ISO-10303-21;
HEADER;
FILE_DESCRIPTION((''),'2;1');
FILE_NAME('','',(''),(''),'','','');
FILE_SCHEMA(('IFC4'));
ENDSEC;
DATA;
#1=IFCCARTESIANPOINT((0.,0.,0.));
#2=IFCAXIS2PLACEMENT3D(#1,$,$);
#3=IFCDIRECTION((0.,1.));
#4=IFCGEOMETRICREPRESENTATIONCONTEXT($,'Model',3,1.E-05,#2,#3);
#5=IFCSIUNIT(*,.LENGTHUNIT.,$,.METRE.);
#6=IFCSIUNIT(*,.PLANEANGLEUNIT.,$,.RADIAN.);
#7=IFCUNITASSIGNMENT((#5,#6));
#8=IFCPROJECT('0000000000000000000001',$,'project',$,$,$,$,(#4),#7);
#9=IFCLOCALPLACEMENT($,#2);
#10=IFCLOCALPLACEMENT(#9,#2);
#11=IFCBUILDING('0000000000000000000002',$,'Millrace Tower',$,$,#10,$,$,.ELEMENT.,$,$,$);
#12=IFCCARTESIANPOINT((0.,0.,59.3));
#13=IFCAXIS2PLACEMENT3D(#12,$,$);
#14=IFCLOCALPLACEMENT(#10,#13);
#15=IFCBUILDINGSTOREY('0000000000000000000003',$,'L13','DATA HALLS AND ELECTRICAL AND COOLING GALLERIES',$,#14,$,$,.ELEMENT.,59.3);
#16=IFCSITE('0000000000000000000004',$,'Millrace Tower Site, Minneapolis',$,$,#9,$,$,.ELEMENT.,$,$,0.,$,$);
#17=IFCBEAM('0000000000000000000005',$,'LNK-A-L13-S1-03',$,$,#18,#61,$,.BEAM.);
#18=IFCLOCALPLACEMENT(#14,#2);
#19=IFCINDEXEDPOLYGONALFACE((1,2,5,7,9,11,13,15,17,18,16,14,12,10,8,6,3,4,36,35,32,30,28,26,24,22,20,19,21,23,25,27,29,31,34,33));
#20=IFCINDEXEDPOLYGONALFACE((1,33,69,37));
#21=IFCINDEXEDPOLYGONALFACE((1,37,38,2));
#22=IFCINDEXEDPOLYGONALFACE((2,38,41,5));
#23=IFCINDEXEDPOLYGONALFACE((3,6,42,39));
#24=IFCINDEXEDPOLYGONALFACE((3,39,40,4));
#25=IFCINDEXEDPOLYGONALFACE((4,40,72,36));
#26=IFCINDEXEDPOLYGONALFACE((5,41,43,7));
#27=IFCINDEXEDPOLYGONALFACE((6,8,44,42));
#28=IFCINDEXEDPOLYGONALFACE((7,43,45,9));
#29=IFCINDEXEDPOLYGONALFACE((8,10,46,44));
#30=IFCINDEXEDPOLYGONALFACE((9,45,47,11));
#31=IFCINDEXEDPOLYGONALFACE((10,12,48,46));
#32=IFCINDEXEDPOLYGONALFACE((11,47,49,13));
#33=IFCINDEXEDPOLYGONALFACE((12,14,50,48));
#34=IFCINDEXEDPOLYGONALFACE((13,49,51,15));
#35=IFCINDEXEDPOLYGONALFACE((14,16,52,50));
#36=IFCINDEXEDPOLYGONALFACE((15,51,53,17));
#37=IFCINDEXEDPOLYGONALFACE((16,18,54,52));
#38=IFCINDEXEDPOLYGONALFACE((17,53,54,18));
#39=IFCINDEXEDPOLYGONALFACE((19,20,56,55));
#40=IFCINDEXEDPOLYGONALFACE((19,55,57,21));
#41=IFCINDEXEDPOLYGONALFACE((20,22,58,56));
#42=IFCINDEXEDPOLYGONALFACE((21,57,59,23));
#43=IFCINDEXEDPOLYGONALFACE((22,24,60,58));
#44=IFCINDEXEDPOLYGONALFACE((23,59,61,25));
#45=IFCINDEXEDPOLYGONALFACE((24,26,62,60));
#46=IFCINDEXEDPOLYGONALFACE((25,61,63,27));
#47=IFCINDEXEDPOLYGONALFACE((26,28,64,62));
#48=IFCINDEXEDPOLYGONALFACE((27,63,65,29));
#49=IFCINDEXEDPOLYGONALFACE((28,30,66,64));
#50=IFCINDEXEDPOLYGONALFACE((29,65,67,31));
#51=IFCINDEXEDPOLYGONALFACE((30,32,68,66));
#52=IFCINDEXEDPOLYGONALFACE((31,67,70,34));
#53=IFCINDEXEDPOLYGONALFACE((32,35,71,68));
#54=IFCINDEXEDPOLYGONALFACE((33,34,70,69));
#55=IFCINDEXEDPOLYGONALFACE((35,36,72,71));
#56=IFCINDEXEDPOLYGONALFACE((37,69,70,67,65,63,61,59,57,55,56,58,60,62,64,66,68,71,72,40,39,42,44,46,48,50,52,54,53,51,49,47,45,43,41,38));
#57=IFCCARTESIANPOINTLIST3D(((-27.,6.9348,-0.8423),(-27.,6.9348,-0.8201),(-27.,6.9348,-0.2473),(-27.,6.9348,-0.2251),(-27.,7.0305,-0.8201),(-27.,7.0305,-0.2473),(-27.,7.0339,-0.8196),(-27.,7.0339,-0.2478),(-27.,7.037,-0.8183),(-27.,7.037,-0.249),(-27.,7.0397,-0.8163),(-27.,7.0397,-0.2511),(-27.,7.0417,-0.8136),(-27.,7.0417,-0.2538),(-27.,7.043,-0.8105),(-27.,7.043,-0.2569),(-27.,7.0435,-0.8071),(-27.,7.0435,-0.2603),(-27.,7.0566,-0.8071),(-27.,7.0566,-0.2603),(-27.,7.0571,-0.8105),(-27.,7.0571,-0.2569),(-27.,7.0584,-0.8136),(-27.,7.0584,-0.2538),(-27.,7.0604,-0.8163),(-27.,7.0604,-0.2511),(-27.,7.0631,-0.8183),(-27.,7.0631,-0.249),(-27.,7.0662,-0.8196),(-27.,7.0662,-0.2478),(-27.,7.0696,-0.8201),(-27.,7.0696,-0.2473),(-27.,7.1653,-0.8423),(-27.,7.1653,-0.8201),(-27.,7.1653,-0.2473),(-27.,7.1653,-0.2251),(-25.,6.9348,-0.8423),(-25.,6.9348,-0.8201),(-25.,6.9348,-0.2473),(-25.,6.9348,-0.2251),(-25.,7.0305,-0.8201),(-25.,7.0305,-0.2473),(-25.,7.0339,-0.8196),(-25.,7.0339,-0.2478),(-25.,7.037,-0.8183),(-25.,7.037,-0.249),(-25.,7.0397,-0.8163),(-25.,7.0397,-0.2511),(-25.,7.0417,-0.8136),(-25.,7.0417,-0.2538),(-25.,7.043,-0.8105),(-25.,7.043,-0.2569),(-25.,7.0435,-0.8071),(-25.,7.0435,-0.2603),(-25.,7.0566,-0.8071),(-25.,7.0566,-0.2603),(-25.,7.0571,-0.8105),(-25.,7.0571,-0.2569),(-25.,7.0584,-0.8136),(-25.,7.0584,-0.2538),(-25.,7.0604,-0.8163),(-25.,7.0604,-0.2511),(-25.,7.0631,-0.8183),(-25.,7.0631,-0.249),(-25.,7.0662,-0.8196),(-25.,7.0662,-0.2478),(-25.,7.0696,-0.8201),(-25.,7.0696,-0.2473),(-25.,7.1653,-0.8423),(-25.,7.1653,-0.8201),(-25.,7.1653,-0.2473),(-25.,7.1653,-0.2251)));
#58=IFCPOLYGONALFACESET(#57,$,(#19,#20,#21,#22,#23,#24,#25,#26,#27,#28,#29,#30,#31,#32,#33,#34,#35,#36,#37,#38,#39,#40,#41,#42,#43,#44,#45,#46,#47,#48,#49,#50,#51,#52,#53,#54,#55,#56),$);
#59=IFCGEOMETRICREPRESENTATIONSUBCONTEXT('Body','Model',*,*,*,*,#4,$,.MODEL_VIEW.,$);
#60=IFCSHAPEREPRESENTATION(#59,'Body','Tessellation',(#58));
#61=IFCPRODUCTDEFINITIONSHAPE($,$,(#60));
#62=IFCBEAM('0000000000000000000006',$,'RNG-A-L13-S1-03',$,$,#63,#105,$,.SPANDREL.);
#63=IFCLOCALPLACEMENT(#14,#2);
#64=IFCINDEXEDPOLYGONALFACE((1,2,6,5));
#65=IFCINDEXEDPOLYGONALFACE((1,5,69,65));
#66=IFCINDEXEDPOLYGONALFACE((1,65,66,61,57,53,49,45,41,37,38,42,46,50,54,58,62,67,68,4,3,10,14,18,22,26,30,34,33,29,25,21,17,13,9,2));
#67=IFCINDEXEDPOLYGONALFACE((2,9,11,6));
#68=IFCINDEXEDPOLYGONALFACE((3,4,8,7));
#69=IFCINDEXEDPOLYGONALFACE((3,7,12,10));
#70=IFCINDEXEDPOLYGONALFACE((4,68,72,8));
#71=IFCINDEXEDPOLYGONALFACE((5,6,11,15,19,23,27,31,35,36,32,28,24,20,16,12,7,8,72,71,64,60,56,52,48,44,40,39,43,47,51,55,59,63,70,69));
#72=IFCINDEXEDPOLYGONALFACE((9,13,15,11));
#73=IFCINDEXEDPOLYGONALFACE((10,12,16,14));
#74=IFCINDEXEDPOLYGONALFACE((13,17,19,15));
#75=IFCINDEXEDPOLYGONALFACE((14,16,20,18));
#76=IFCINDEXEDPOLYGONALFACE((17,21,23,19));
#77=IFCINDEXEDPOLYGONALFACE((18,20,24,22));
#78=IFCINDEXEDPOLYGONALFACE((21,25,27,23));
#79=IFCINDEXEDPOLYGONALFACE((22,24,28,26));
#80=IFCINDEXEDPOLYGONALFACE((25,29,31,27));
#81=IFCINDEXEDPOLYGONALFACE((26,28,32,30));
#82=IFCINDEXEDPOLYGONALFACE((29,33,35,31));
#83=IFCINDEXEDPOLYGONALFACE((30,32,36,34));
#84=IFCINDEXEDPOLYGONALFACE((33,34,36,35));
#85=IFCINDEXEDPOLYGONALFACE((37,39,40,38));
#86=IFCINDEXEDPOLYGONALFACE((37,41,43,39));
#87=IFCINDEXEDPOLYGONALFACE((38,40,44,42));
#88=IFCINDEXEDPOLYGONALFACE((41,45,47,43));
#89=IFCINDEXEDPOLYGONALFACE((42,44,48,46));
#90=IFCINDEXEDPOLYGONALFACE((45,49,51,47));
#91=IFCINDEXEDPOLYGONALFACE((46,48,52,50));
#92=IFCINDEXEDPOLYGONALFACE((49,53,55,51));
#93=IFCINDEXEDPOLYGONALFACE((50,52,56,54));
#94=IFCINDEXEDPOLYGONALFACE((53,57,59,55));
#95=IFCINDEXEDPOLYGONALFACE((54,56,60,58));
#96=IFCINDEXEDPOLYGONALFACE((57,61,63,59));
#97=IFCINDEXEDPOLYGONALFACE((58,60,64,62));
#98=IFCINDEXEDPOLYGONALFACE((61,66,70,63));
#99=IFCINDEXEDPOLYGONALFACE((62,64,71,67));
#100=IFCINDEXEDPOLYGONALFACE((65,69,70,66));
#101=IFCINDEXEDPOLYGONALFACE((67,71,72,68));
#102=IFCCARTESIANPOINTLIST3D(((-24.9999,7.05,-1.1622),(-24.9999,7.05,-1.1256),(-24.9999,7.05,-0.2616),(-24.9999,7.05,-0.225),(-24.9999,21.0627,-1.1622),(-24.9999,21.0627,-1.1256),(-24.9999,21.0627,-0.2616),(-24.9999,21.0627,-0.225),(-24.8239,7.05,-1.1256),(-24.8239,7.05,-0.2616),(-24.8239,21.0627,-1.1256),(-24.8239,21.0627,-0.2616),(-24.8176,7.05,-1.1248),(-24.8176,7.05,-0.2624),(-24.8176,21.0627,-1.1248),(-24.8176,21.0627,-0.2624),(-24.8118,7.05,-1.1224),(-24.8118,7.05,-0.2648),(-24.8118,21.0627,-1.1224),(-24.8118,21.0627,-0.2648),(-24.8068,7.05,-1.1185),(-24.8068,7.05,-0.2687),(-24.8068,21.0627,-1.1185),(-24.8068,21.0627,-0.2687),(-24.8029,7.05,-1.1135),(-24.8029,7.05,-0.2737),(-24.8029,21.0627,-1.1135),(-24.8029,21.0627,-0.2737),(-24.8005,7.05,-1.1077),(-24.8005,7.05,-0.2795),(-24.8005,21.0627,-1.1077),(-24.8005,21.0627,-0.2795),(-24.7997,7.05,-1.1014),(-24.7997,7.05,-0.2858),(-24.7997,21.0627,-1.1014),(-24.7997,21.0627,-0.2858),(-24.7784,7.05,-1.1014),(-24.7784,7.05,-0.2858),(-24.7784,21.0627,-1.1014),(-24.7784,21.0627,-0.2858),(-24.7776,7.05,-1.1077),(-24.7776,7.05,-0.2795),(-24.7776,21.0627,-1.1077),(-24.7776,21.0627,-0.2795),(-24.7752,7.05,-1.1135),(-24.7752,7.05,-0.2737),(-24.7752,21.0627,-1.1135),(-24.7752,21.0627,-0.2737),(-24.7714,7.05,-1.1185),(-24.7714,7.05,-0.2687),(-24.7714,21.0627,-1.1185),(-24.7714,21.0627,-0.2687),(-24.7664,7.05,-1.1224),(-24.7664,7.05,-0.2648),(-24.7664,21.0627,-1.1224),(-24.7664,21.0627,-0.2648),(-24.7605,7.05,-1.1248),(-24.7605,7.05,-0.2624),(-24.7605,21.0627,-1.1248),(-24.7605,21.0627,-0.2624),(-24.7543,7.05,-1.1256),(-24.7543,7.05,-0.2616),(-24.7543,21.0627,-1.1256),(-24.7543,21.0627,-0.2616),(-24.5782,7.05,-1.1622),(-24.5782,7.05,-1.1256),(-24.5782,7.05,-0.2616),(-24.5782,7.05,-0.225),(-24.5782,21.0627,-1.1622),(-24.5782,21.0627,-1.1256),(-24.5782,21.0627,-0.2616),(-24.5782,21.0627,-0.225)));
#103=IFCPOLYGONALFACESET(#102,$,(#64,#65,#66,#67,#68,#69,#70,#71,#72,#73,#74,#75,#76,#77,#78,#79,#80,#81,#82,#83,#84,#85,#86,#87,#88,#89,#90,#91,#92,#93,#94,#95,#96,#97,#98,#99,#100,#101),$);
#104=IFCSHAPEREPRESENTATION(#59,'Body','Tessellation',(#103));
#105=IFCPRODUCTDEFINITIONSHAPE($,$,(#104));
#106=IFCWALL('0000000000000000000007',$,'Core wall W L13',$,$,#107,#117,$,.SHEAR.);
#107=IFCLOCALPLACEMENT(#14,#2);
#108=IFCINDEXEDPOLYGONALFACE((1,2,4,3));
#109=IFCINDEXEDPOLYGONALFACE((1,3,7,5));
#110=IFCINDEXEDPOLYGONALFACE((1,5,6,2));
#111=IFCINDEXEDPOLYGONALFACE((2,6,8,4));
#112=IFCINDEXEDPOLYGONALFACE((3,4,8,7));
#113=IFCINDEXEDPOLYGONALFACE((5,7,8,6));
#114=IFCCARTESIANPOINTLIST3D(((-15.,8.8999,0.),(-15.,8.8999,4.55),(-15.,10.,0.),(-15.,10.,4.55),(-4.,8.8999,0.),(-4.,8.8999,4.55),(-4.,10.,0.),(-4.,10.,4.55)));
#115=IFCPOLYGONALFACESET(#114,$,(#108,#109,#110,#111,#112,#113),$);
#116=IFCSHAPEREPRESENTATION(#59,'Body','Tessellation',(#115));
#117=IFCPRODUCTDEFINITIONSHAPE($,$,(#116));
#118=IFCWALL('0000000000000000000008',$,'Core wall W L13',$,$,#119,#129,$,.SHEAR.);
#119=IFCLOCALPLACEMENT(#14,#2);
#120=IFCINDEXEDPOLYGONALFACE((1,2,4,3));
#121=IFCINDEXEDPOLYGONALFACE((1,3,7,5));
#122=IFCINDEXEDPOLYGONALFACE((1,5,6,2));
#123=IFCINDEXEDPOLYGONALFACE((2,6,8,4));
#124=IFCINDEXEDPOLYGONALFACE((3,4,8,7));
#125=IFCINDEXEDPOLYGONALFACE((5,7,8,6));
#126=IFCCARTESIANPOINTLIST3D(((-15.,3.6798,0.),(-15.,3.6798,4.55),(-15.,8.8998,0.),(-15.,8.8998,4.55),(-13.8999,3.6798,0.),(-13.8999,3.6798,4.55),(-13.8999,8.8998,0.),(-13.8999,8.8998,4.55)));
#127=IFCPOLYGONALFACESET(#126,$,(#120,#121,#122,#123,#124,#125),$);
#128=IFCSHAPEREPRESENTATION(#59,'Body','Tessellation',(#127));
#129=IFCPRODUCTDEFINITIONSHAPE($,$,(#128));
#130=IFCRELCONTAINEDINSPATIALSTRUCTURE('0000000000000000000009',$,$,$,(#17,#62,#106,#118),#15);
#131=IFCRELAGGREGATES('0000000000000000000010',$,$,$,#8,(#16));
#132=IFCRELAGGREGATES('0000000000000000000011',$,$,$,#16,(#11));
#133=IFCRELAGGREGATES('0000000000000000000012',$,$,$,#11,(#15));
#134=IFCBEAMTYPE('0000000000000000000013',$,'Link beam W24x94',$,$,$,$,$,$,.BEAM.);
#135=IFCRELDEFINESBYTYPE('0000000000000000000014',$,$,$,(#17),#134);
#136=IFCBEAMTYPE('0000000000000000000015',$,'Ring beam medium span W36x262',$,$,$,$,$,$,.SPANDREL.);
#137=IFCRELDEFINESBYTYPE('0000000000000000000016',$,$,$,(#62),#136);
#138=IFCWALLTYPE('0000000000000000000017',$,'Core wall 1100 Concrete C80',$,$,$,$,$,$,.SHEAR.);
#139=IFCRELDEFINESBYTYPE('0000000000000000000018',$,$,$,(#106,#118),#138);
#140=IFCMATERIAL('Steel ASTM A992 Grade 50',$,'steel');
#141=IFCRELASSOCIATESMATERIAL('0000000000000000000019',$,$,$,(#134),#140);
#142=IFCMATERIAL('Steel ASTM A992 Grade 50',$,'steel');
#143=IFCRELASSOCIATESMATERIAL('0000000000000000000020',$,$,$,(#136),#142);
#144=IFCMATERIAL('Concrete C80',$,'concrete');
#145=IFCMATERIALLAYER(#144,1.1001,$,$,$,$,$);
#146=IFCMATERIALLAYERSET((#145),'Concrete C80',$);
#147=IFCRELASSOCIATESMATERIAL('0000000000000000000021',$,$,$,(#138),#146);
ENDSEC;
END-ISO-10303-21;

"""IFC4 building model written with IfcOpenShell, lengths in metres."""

from ifc_helpers import new_model, si_unit, direction, frame, frame_2d, origin, origin_2d, place, context, subcontext, project, spatial, rectangle, i_section, extrude, material, layer, layer_set, material_profile, profile_set, type_object, element, save


model = new_model("IFC4")

# Units and contexts
model_context = context("Model", 3, precision=1e-05, world=origin(), true_north=direction((0.0, 1.0)))
body_context = subcontext(model_context, "Body", "Model", "MODEL_VIEW")
ifc_project = project(units=[si_unit("LENGTHUNIT", "METRE"), si_unit("PLANEANGLEUNIT", "RADIAN")], contexts=[model_context])

# Site, building, storey
site_placement = place(None, origin())
site = spatial("IfcSite", under=ifc_project, at=site_placement, Name="Millrace Tower Site, Minneapolis", CompositionType="ELEMENT", RefElevation=0.0)
building_placement = place(site_placement, origin())
building = spatial("IfcBuilding", under=site, at=building_placement, Name="Millrace Tower", CompositionType="ELEMENT")
storey_placement = place(building_placement, frame((0.0, 0.0, 59.3)))
storey = spatial("IfcBuildingStorey", under=building, at=storey_placement, Name="L13", Description="DATA HALLS AND ELECTRICAL AND COOLING GALLERIES", CompositionType="ELEMENT", Elevation=59.3)

# Beams
ifc_material_1 = material(Name="Steel ASTM A992 Grade 50", Category="steel")
ifc_material_profile_1 = material_profile(ifc_material_1, i_section(OverallWidth=0.2305, OverallDepth=0.6172, WebThickness=0.0132, FlangeThickness=0.0222, FilletRadius=0.0129, at=origin_2d()))
ifc_profile_set_1 = profile_set([ifc_material_profile_1], Name="Steel ASTM A992 Grade 50")
beam_type_1 = type_object("IfcBeamType", Name="Link beam W24x94", PredefinedType="BEAM", material=ifc_profile_set_1)
beam_1_placement = place(storey_placement, frame((-25.0, 7.05, -0.5337), z_axis=(-1.0, 0.0, 0.0), x_axis=(0.0, -1.0, 0.0)))
element("IfcBeam", 1, at=beam_1_placement, inside=storey, type_object=beam_type_1, Name="LNK-A-L13-S1-03", PredefinedType="BEAM", context=body_context, shape_type="SweptSolid", body=[
    extrude(i_section(OverallWidth=0.2305, OverallDepth=0.6172, WebThickness=0.0132, FlangeThickness=0.0222, FilletRadius=0.0129, at=origin_2d()), origin(), (0.0, 0.0, 1.0), 2.0),
])
ifc_material_2 = material(Name="Steel ASTM A992 Grade 50", Category="steel")
ifc_material_profile_2 = material_profile(ifc_material_2, i_section(OverallWidth=0.4216, OverallDepth=0.9373, WebThickness=0.0212, FlangeThickness=0.0366, FilletRadius=0.0242, at=origin_2d()))
ifc_profile_set_2 = profile_set([ifc_material_profile_2], Name="Steel ASTM A992 Grade 50")
beam_type_2 = type_object("IfcBeamType", Name="Ring beam medium span W36x262", PredefinedType="SPANDREL", material=ifc_profile_set_2)
beam_2_placement = place(storey_placement, frame((-24.7891, 7.05, -0.6936), z_axis=(0.0, 1.0, 0.0), x_axis=(-1.0, 0.0, 0.0)))
element("IfcBeam", 2, at=beam_2_placement, inside=storey, type_object=beam_type_2, Name="RNG-A-L13-S1-03", PredefinedType="SPANDREL", context=body_context, shape_type="SweptSolid", body=[
    extrude(i_section(OverallWidth=0.4216, OverallDepth=0.9373, WebThickness=0.0212, FlangeThickness=0.0366, FilletRadius=0.0242, at=origin_2d()), origin(), (0.0, 0.0, 1.0), 14.0127),
])

# Walls
ifc_material_3 = material(Name="Concrete C80", Category="concrete")
ifc_layer_1 = layer(ifc_material_3, 1.1001)
ifc_layer_set_1 = layer_set([ifc_layer_1], Name="Concrete C80")
wall_type_1 = type_object("IfcWallType", Name="Core wall 1100 Concrete C80", PredefinedType="SHEAR", material=ifc_layer_set_1)
wall_1_placement = place(storey_placement, frame((-15.0, 9.45, 0.0), z_axis=(0.0, 0.0, 1.0), x_axis=(1.0, 0.0, 0.0)))
element("IfcWall", 3, at=wall_1_placement, inside=storey, type_object=wall_type_1, Name="Core wall W L13", PredefinedType="SHEAR", context=body_context, shape_type="SweptSolid", body=[
    extrude(rectangle(XDim=11.0, YDim=1.1001, at=frame_2d((5.5, 0.0))), origin(), (0.0, 0.0, 1.0), 4.55),
])
wall_2_placement = place(storey_placement, frame((-14.45, 3.6799, 0.0), z_axis=(0.0, 0.0, 1.0), x_axis=(0.0, 1.0, 0.0)))
element("IfcWall", 4, at=wall_2_placement, inside=storey, type_object=wall_type_1, Name="Core wall W L13", PredefinedType="SHEAR", context=body_context, shape_type="SweptSolid", body=[
    extrude(rectangle(XDim=5.22, YDim=1.1001, at=frame_2d((2.6099, 0.0))), origin(), (0.0, 0.0, 1.0), 4.55),
])

save(model, "model.ifc")
